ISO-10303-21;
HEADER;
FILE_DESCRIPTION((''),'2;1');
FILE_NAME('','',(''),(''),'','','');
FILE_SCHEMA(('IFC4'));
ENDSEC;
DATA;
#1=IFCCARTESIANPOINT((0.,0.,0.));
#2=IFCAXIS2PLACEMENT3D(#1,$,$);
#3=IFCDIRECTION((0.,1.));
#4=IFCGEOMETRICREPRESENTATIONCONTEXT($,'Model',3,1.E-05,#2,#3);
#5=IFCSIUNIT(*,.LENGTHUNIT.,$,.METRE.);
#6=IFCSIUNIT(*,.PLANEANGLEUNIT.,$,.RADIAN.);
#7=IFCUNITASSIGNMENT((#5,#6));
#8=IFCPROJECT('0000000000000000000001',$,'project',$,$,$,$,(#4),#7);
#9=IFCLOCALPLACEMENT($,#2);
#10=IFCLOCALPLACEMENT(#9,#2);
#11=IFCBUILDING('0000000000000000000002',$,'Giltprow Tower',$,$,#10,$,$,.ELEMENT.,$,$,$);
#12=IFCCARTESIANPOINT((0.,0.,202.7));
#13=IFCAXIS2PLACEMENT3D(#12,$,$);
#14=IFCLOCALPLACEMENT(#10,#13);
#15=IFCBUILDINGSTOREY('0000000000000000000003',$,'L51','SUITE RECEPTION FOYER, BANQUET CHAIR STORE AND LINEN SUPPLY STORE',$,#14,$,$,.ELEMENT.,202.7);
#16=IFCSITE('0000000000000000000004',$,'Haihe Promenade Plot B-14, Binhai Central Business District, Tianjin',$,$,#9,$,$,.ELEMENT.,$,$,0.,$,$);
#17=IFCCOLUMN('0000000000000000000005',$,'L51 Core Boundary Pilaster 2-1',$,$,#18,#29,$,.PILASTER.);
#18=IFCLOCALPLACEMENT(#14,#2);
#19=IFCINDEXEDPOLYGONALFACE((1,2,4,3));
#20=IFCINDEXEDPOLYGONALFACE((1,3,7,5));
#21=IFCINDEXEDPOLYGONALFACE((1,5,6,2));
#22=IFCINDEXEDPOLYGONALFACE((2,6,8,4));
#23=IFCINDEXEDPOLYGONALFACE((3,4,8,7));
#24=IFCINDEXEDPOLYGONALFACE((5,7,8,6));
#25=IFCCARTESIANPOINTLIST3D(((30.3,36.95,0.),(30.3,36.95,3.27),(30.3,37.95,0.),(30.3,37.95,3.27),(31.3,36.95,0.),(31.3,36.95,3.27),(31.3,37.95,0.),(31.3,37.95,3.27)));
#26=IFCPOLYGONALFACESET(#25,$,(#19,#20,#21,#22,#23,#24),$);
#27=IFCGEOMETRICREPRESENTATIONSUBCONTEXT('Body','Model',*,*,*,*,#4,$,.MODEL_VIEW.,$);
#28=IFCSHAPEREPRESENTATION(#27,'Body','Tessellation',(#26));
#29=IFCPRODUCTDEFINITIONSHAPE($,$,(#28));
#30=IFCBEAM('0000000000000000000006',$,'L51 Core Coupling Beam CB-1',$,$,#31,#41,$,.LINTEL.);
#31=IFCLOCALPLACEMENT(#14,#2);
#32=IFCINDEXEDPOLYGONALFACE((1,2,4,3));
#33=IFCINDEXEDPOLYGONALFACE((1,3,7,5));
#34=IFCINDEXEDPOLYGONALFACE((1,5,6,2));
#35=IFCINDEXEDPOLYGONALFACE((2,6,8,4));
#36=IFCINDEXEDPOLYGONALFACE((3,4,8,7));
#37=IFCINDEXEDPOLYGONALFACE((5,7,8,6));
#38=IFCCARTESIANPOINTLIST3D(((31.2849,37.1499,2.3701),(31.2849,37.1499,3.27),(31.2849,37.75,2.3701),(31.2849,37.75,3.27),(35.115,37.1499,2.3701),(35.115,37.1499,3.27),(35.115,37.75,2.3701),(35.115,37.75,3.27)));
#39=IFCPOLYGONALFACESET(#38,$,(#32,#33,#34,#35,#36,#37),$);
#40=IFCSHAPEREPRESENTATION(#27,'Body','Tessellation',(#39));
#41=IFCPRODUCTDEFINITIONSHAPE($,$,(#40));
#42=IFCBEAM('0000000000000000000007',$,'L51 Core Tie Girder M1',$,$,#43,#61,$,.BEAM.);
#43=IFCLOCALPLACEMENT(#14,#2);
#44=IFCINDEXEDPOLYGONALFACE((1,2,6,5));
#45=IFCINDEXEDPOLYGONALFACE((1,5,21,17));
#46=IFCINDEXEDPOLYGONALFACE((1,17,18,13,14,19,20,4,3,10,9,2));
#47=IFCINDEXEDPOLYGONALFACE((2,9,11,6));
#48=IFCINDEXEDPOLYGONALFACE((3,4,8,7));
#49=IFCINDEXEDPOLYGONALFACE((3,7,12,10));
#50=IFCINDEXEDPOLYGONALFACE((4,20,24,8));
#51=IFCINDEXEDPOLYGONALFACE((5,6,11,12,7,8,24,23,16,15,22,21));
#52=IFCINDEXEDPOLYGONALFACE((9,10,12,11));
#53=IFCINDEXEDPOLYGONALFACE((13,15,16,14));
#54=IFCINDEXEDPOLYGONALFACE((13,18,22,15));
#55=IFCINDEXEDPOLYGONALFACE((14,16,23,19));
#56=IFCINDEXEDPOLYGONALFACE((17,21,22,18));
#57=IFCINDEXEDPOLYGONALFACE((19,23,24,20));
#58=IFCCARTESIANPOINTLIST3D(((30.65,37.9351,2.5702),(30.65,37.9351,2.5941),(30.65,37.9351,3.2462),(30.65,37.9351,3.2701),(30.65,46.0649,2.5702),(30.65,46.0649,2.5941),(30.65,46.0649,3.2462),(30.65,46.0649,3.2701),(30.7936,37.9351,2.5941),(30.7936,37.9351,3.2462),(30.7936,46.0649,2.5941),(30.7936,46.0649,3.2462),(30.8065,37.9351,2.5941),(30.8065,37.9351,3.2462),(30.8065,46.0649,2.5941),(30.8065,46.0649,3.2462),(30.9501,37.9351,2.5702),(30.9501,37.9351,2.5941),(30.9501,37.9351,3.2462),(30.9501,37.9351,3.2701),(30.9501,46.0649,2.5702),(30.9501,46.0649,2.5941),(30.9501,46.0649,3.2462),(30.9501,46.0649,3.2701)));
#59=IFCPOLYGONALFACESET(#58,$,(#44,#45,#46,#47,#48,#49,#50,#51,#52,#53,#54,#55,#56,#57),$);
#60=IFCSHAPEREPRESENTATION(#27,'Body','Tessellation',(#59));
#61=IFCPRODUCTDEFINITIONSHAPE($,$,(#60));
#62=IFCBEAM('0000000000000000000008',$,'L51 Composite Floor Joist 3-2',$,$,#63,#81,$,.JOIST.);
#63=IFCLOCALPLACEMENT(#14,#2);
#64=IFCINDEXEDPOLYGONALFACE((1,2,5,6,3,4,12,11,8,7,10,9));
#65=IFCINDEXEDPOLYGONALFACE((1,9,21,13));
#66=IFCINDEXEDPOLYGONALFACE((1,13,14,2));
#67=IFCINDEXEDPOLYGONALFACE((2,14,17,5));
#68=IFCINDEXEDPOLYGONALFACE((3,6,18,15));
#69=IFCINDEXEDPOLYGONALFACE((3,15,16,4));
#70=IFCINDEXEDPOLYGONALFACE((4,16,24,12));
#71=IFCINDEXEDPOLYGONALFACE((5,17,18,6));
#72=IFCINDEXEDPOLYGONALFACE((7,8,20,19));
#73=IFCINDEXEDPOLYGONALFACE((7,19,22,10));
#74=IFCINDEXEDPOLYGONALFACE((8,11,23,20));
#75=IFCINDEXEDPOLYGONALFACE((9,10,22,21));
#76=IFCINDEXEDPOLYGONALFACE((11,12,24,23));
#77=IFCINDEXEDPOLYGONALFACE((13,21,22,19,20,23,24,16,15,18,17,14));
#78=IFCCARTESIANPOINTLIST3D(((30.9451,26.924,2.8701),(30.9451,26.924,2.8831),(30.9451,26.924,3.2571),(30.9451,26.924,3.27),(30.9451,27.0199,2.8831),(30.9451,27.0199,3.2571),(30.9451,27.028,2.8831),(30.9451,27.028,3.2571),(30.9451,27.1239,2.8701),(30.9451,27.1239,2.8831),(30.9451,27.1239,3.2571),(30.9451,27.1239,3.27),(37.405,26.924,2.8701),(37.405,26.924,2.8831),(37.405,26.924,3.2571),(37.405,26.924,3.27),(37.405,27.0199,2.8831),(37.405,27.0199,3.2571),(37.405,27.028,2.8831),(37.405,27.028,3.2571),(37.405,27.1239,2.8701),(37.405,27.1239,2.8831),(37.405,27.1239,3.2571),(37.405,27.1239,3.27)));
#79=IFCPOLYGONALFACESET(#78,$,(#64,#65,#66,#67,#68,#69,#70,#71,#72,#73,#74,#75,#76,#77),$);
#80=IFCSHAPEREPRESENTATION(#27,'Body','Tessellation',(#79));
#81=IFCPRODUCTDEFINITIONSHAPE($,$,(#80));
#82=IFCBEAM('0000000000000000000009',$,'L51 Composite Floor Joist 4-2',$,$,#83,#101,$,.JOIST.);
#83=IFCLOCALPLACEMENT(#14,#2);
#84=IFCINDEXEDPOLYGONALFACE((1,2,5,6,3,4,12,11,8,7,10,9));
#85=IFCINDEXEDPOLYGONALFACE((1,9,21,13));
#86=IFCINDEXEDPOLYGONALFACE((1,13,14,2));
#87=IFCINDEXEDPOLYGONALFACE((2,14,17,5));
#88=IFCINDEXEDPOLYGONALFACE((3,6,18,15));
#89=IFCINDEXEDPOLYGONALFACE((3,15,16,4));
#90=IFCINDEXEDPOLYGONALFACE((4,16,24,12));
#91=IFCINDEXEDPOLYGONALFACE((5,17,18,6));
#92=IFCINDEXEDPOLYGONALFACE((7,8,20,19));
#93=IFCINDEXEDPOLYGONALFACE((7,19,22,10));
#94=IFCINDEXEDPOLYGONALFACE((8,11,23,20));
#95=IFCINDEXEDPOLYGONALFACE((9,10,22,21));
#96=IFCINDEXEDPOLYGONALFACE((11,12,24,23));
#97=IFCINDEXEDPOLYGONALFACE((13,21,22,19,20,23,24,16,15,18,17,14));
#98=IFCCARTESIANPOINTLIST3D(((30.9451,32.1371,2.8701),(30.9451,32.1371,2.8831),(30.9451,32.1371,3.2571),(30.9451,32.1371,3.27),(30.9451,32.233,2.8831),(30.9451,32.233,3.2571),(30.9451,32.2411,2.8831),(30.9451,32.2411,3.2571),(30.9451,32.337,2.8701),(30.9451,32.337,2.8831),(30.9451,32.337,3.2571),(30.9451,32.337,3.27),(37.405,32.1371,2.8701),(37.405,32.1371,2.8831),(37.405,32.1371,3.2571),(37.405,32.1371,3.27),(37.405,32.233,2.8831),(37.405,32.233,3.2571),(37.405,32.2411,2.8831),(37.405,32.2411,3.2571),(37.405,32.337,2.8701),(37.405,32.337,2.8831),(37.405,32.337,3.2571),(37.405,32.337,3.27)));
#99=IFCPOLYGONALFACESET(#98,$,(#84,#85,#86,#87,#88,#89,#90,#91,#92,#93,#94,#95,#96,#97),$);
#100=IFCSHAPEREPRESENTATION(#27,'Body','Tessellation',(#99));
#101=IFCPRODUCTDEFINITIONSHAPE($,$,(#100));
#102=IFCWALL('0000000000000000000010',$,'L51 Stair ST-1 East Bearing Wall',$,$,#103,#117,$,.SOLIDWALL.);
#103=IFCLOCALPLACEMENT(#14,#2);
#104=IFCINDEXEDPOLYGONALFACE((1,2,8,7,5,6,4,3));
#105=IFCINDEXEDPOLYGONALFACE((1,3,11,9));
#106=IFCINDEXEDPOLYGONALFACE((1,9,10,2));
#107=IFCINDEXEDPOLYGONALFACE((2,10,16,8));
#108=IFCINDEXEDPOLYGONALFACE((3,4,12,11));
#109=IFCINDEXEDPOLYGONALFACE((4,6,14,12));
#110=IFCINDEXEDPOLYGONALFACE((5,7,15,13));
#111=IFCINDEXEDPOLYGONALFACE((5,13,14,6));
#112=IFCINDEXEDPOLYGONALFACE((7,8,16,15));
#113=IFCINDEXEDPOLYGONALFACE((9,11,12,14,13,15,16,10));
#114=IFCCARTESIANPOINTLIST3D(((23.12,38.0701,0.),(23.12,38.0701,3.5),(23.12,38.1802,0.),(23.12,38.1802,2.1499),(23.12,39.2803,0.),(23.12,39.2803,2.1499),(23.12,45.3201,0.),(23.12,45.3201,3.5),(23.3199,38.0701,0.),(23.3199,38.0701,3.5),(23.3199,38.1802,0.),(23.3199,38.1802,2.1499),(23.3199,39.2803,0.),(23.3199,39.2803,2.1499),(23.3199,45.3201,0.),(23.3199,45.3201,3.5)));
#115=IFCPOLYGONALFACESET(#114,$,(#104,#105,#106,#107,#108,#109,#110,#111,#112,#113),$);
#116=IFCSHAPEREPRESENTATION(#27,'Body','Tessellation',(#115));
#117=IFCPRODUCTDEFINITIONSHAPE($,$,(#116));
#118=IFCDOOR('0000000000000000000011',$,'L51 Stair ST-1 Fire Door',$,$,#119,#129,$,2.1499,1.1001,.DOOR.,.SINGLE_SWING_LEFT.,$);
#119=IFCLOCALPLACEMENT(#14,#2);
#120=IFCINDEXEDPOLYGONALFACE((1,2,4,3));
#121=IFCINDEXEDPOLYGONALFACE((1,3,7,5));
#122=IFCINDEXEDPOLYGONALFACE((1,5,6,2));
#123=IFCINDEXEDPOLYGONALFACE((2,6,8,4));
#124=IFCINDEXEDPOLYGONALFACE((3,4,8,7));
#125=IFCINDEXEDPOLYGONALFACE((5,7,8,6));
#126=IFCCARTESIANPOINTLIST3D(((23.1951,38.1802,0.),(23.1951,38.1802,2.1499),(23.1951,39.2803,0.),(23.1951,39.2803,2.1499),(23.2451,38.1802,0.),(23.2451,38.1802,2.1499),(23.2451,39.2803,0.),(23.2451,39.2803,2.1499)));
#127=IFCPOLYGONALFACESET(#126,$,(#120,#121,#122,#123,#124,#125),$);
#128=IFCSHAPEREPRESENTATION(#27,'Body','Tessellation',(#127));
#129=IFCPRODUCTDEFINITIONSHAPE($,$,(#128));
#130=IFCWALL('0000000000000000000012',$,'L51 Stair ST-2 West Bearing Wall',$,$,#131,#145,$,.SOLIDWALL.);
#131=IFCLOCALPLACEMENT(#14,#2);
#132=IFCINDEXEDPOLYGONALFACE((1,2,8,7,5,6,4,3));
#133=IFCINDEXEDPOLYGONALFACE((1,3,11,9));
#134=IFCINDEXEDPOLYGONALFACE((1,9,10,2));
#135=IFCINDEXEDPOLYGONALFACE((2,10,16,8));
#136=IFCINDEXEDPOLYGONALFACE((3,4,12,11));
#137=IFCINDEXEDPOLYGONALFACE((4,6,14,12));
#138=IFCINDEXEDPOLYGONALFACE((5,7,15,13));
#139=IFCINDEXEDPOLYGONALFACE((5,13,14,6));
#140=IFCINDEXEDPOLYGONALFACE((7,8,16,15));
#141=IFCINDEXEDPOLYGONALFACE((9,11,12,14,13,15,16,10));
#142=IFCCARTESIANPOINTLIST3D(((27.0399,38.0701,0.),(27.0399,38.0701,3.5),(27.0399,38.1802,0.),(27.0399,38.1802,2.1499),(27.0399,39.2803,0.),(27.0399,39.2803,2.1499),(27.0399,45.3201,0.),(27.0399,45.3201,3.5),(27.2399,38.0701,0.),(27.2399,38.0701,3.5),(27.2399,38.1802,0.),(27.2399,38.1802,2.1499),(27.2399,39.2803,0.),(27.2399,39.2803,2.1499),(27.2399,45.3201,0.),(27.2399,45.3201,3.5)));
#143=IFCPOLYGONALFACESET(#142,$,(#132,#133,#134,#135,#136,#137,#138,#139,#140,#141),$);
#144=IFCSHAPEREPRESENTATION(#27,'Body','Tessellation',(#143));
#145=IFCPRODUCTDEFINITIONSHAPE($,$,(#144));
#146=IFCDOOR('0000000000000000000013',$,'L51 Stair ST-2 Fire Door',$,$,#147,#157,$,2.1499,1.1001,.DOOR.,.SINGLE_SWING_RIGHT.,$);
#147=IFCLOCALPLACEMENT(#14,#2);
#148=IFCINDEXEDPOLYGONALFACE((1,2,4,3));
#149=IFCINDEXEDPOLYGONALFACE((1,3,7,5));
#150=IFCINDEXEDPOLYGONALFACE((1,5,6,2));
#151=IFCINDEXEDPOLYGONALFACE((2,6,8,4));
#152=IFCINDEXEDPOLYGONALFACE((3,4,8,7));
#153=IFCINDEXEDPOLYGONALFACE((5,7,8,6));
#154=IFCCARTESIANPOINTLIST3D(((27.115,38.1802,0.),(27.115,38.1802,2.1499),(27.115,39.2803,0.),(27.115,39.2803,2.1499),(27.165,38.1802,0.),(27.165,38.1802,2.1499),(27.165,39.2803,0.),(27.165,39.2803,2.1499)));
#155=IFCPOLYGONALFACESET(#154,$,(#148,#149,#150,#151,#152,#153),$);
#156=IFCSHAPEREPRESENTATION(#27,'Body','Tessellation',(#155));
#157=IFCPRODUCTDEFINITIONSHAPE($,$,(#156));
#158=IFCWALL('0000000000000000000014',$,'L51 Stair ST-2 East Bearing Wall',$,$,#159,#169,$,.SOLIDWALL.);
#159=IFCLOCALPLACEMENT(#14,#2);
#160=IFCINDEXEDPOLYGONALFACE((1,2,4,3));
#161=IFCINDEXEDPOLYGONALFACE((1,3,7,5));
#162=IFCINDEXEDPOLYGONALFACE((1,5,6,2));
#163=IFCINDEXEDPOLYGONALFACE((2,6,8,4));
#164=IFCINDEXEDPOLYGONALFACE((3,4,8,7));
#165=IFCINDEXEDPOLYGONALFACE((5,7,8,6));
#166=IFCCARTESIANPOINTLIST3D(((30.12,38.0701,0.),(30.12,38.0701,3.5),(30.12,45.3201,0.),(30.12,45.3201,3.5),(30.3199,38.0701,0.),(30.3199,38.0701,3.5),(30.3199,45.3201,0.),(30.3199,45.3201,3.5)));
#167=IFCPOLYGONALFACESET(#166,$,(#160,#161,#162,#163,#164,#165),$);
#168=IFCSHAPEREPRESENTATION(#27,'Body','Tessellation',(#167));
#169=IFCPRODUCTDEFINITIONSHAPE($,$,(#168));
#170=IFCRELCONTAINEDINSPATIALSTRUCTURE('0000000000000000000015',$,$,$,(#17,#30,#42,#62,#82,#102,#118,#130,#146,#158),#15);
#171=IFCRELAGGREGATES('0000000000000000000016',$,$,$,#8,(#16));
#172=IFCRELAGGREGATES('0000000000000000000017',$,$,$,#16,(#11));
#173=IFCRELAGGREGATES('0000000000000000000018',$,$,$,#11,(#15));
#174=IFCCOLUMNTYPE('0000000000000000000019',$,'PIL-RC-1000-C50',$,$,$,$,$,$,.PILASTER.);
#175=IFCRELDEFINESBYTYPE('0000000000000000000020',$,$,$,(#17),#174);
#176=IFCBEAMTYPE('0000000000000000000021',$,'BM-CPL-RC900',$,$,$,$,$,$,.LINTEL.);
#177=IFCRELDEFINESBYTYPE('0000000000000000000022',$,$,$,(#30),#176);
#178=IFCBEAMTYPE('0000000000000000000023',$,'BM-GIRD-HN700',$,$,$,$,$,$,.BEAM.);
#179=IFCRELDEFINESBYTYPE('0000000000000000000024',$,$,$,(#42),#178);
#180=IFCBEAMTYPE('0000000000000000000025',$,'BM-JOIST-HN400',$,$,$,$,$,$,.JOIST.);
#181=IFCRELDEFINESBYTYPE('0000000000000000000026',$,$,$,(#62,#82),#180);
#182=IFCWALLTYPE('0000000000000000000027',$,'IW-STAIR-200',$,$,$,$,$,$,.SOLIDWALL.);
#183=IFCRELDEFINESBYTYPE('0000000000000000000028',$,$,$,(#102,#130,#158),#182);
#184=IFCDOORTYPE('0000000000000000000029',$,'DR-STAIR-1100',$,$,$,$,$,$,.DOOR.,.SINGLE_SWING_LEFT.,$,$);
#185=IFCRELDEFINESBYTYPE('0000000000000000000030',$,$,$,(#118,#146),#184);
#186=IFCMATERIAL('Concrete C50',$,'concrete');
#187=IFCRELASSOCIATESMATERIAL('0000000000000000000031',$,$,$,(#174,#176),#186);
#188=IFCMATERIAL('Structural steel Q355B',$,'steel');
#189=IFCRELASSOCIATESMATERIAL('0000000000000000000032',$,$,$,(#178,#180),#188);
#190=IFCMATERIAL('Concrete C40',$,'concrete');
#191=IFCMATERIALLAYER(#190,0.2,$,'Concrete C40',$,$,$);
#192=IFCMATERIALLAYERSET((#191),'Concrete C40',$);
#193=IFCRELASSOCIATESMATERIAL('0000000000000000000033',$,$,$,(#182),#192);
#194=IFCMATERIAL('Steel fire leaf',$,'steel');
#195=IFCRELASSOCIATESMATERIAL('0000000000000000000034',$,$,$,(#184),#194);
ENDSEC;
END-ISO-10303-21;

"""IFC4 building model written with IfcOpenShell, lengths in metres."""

from ifc_helpers import new_model, si_unit, direction, frame, frame_2d, origin, origin_2d, place, context, subcontext, project, spatial, rectangle, i_section, extrude, source, transform, mapped, material, layer, layer_set, material_profile, profile_set, type_object, element, fill, save


model = new_model("IFC4")

# Units and contexts
model_context = context("Model", 3, precision=1e-05, world=origin(), true_north=direction((0.0, 1.0)))
body_context = subcontext(model_context, "Body", "Model", "MODEL_VIEW")
ifc_project = project(units=[si_unit("LENGTHUNIT", "METRE"), si_unit("PLANEANGLEUNIT", "RADIAN")], contexts=[model_context])

# Site, building, storey
site_placement = place(None, origin())
site = spatial("IfcSite", under=ifc_project, at=site_placement, Name="Haihe Promenade Plot B-14, Binhai Central Business District, Tianjin", CompositionType="ELEMENT", RefElevation=0.0)
building_placement = place(site_placement, origin())
building = spatial("IfcBuilding", under=site, at=building_placement, Name="Giltprow Tower", CompositionType="ELEMENT")
storey_placement = place(building_placement, frame((0.0, 0.0, 202.7)))
storey = spatial("IfcBuildingStorey", under=building, at=storey_placement, Name="L51", Description="SUITE RECEPTION FOYER, BANQUET CHAIR STORE AND LINEN SUPPLY STORE", CompositionType="ELEMENT", Elevation=202.7)

# Column
ifc_material_1 = material(Name="Concrete C50", Category="concrete")
ifc_material_profile_1 = material_profile(ifc_material_1, rectangle(XDim=1.0, YDim=1.0, at=origin_2d()), Name="RC 1000x1000")
ifc_profile_set_1 = profile_set([ifc_material_profile_1], Name="Concrete C50")
column_type = type_object("IfcColumnType", Name="PIL-RC-1000-C50", PredefinedType="PILASTER", material=ifc_profile_set_1)
shared_shape_1 = source(origin(), body_context, "Body", "SweptSolid", [
    extrude(rectangle(XDim=1.0, YDim=1.0, at=origin_2d()), origin(), (0.0, 0.0, 1.0), 3.27),
])
column_placement = place(storey_placement, frame((30.8, 37.45, 0.0), z_axis=(0.0, 0.0, 1.0), x_axis=(1.0, 0.0, 0.0)))
element("IfcColumn", 1, at=column_placement, inside=storey, type_object=column_type, Name="L51 Core Boundary Pilaster 2-1", PredefinedType="PILASTER", context=body_context, shape_type="MappedRepresentation", body=[
    mapped(shared_shape_1, transform((0.0, 0.0, 0.0), x_axis=(1.0, 0.0, 0.0), y_axis=(0.0, 1.0, 0.0), z_axis=(0.0, 0.0, 1.0), scale=1.0)),
])

# Beams
ifc_material_profile_2 = material_profile(ifc_material_1, rectangle(XDim=0.6001, YDim=0.8999, at=origin_2d()), Name="RC 900x600")
ifc_profile_set_2 = profile_set([ifc_material_profile_2], Name="Concrete C50")
beam_type_1 = type_object("IfcBeamType", Name="BM-CPL-RC900", PredefinedType="LINTEL", material=ifc_profile_set_2)
shared_shape_2 = source(origin(), body_context, "Body", "SweptSolid", [
    extrude(rectangle(XDim=0.6001, YDim=0.8999, at=origin_2d()), origin(), (0.0, 0.0, 1.0), 3.8301),
])
beam_1_placement = place(storey_placement, frame((31.2849, 37.45, 2.8201), z_axis=(1.0, 0.0, 0.0), x_axis=(0.0, 1.0, 0.0)))
element("IfcBeam", 2, at=beam_1_placement, inside=storey, type_object=beam_type_1, Name="L51 Core Coupling Beam CB-1", PredefinedType="LINTEL", context=body_context, shape_type="MappedRepresentation", body=[
    mapped(shared_shape_2, transform((0.0, 0.0, 0.0), x_axis=(1.0, 0.0, 0.0), y_axis=(0.0, 1.0, 0.0), z_axis=(0.0, 0.0, 1.0), scale=1.0)),
])
ifc_material_2 = material(Name="Structural steel Q355B", Category="steel")
ifc_material_profile_3 = material_profile(ifc_material_2, i_section(OverallWidth=0.3, OverallDepth=0.7, WebThickness=0.0129, FlangeThickness=0.0239, at=origin_2d()), Name="HN 700x300x13x24")
ifc_profile_set_3 = profile_set([ifc_material_profile_3], Name="Structural steel Q355B")
beam_type_2 = type_object("IfcBeamType", Name="BM-GIRD-HN700", PredefinedType="BEAM", material=ifc_profile_set_3)
shared_shape_3 = source(origin(), body_context, "Body", "SweptSolid", [
    extrude(i_section(OverallWidth=0.3, OverallDepth=0.7, WebThickness=0.0129, FlangeThickness=0.0239, at=origin_2d()), origin(), (0.0, 0.0, 1.0), 8.1299),
])
beam_2_placement = place(storey_placement, frame((30.8, 37.9351, 2.9202), z_axis=(0.0, 1.0, 0.0), x_axis=(-1.0, 0.0, 0.0)))
element("IfcBeam", 3, at=beam_2_placement, inside=storey, type_object=beam_type_2, Name="L51 Core Tie Girder M1", PredefinedType="BEAM", context=body_context, shape_type="MappedRepresentation", body=[
    mapped(shared_shape_3, transform((0.0, 0.0, 0.0), x_axis=(1.0, 0.0, 0.0), y_axis=(0.0, 1.0, 0.0), z_axis=(0.0, 0.0, 1.0), scale=1.0)),
])
ifc_material_profile_4 = material_profile(ifc_material_2, i_section(OverallWidth=0.2, OverallDepth=0.3999, WebThickness=0.0081, FlangeThickness=0.0129, at=origin_2d()), Name="HN 400x200x8x13")
ifc_profile_set_4 = profile_set([ifc_material_profile_4], Name="Structural steel Q355B")
beam_type_3 = type_object("IfcBeamType", Name="BM-JOIST-HN400", PredefinedType="JOIST", material=ifc_profile_set_4)
shared_shape_4 = source(origin(), body_context, "Body", "SweptSolid", [
    extrude(i_section(OverallWidth=0.2, OverallDepth=0.3999, WebThickness=0.0081, FlangeThickness=0.0129, at=origin_2d()), origin(), (0.0, 0.0, 1.0), 6.46),
])
for number, where, z_axis, x_axis, name in (
    (4, (30.9451, 27.0239, 3.0701), (1.0, 0.0, 0.0), (0.0, 1.0, 0.0), "L51 Composite Floor Joist 3-2"),
    (5, (30.9451, 32.2371, 3.0701), (1.0, 0.0, 0.0), (0.0, 1.0, 0.0), "L51 Composite Floor Joist 4-2"),
):
    element("IfcBeam", number, at=place(storey_placement, frame(where, z_axis=z_axis, x_axis=x_axis)), inside=storey, type_object=beam_type_3, Name=name, PredefinedType="JOIST", context=body_context, shape_type="MappedRepresentation", body=[
        mapped(shared_shape_4, transform((0.0, 0.0, 0.0), x_axis=(1.0, 0.0, 0.0), y_axis=(0.0, 1.0, 0.0), z_axis=(0.0, 0.0, 1.0), scale=1.0)),
    ])

# Walls, openings, doors
ifc_material_3 = material(Name="Concrete C40", Category="concrete")
ifc_layer_1 = layer(ifc_material_3, 0.2, Name="Concrete C40")
ifc_layer_set_1 = layer_set([ifc_layer_1], Name="Concrete C40")
wall_type_1 = type_object("IfcWallType", Name="IW-STAIR-200", PredefinedType="SOLIDWALL", material=ifc_layer_set_1)
wall_1_placement = place(storey_placement, frame((23.22, 38.0701, 0.0), z_axis=(0.0, 0.0, 1.0), x_axis=(0.0, 1.0, 0.0)))
wall_1 = element("IfcWall", 6, at=wall_1_placement, inside=storey, type_object=wall_type_1, Name="L51 Stair ST-1 East Bearing Wall", PredefinedType="SOLIDWALL", context=body_context, shape_type="SweptSolid", body=[
    extrude(rectangle(XDim=7.25, YDim=0.2, at=frame_2d((3.625, 0.0))), origin(), (0.0, 0.0, 1.0), 3.5),
])
opening_1_placement = place(wall_1_placement, frame((0.1101, 0.0, 0.0)))
opening_1 = element("IfcOpeningElement", 7, at=opening_1_placement, cuts=wall_1, PredefinedType="OPENING", context=body_context, shape_type="SweptSolid", body=[
    extrude(rectangle(XDim=1.1001, YDim=2.1499, at=frame_2d((0.55, 1.075))), frame((0.0, 0.1099, 0.0), z_axis=(0.0, -1.0, 0.0), x_axis=(1.0, 0.0, 0.0)), (0.0, 0.0, 1.0), 0.22),
])
ifc_material_4 = material(Name="Steel fire leaf", Category="steel")
door_type_1 = type_object("IfcDoorType", Name="DR-STAIR-1100", OperationType="SINGLE_SWING_LEFT", PredefinedType="DOOR", material=ifc_material_4)
shared_shape_5 = source(origin(), body_context, "Body", "SweptSolid", [
    extrude(rectangle(XDim=1.1001, YDim=2.1499, at=frame_2d((0.55, 1.075))), frame((0.0, 0.0249, 0.0), z_axis=(0.0, -1.0, 0.0), x_axis=(1.0, 0.0, 0.0)), (0.0, 0.0, 1.0), 0.05),
])
door_1_placement = place(opening_1_placement, origin())
door_1 = element("IfcDoor", 8, at=door_1_placement, inside=storey, type_object=door_type_1, Name="L51 Stair ST-1 Fire Door", OperationType="SINGLE_SWING_LEFT", OverallHeight=2.1499, OverallWidth=1.1001, PredefinedType="DOOR", context=body_context, shape_type="MappedRepresentation", body=[
    mapped(shared_shape_5, transform((0.0, 0.0, 0.0), x_axis=(1.0, 0.0, 0.0), y_axis=(0.0, 1.0, 0.0), z_axis=(0.0, 0.0, 1.0), scale=1.0)),
])
fill(opening_1, door_1)
wall_2_placement = place(storey_placement, frame((27.1399, 38.0701, 0.0), z_axis=(0.0, 0.0, 1.0), x_axis=(0.0, 1.0, 0.0)))
wall_2 = element("IfcWall", 9, at=wall_2_placement, inside=storey, type_object=wall_type_1, Name="L51 Stair ST-2 West Bearing Wall", PredefinedType="SOLIDWALL", context=body_context, shape_type="SweptSolid", body=[
    extrude(rectangle(XDim=7.25, YDim=0.2, at=frame_2d((3.625, 0.0))), origin(), (0.0, 0.0, 1.0), 3.5),
])
opening_2_placement = place(wall_2_placement, frame((0.1101, 0.0, 0.0)))
opening_2 = element("IfcOpeningElement", 10, at=opening_2_placement, cuts=wall_2, PredefinedType="OPENING", context=body_context, shape_type="SweptSolid", body=[
    extrude(rectangle(XDim=1.1001, YDim=2.1499, at=frame_2d((0.55, 1.075))), frame((0.0, 0.1099, 0.0), z_axis=(0.0, -1.0, 0.0), x_axis=(1.0, 0.0, 0.0)), (0.0, 0.0, 1.0), 0.22),
])
door_2_placement = place(opening_2_placement, origin())
door_2 = element("IfcDoor", 11, at=door_2_placement, inside=storey, type_object=door_type_1, Name="L51 Stair ST-2 Fire Door", OperationType="SINGLE_SWING_RIGHT", OverallHeight=2.1499, OverallWidth=1.1001, PredefinedType="DOOR", context=body_context, shape_type="MappedRepresentation", body=[
    mapped(shared_shape_5, transform((0.0, 0.0, 0.0), x_axis=(1.0, 0.0, 0.0), y_axis=(0.0, 1.0, 0.0), z_axis=(0.0, 0.0, 1.0), scale=1.0)),
])
fill(opening_2, door_2)

# Wall
wall_3_placement = place(storey_placement, frame((30.22, 38.0701, 0.0), z_axis=(0.0, 0.0, 1.0), x_axis=(0.0, 1.0, 0.0)))
element("IfcWall", 12, at=wall_3_placement, inside=storey, type_object=wall_type_1, Name="L51 Stair ST-2 East Bearing Wall", PredefinedType="SOLIDWALL", context=body_context, shape_type="SweptSolid", body=[
    extrude(rectangle(XDim=7.25, YDim=0.2, at=frame_2d((3.625, 0.0))), origin(), (0.0, 0.0, 1.0), 3.5),
])

save(model, "model.ifc")
